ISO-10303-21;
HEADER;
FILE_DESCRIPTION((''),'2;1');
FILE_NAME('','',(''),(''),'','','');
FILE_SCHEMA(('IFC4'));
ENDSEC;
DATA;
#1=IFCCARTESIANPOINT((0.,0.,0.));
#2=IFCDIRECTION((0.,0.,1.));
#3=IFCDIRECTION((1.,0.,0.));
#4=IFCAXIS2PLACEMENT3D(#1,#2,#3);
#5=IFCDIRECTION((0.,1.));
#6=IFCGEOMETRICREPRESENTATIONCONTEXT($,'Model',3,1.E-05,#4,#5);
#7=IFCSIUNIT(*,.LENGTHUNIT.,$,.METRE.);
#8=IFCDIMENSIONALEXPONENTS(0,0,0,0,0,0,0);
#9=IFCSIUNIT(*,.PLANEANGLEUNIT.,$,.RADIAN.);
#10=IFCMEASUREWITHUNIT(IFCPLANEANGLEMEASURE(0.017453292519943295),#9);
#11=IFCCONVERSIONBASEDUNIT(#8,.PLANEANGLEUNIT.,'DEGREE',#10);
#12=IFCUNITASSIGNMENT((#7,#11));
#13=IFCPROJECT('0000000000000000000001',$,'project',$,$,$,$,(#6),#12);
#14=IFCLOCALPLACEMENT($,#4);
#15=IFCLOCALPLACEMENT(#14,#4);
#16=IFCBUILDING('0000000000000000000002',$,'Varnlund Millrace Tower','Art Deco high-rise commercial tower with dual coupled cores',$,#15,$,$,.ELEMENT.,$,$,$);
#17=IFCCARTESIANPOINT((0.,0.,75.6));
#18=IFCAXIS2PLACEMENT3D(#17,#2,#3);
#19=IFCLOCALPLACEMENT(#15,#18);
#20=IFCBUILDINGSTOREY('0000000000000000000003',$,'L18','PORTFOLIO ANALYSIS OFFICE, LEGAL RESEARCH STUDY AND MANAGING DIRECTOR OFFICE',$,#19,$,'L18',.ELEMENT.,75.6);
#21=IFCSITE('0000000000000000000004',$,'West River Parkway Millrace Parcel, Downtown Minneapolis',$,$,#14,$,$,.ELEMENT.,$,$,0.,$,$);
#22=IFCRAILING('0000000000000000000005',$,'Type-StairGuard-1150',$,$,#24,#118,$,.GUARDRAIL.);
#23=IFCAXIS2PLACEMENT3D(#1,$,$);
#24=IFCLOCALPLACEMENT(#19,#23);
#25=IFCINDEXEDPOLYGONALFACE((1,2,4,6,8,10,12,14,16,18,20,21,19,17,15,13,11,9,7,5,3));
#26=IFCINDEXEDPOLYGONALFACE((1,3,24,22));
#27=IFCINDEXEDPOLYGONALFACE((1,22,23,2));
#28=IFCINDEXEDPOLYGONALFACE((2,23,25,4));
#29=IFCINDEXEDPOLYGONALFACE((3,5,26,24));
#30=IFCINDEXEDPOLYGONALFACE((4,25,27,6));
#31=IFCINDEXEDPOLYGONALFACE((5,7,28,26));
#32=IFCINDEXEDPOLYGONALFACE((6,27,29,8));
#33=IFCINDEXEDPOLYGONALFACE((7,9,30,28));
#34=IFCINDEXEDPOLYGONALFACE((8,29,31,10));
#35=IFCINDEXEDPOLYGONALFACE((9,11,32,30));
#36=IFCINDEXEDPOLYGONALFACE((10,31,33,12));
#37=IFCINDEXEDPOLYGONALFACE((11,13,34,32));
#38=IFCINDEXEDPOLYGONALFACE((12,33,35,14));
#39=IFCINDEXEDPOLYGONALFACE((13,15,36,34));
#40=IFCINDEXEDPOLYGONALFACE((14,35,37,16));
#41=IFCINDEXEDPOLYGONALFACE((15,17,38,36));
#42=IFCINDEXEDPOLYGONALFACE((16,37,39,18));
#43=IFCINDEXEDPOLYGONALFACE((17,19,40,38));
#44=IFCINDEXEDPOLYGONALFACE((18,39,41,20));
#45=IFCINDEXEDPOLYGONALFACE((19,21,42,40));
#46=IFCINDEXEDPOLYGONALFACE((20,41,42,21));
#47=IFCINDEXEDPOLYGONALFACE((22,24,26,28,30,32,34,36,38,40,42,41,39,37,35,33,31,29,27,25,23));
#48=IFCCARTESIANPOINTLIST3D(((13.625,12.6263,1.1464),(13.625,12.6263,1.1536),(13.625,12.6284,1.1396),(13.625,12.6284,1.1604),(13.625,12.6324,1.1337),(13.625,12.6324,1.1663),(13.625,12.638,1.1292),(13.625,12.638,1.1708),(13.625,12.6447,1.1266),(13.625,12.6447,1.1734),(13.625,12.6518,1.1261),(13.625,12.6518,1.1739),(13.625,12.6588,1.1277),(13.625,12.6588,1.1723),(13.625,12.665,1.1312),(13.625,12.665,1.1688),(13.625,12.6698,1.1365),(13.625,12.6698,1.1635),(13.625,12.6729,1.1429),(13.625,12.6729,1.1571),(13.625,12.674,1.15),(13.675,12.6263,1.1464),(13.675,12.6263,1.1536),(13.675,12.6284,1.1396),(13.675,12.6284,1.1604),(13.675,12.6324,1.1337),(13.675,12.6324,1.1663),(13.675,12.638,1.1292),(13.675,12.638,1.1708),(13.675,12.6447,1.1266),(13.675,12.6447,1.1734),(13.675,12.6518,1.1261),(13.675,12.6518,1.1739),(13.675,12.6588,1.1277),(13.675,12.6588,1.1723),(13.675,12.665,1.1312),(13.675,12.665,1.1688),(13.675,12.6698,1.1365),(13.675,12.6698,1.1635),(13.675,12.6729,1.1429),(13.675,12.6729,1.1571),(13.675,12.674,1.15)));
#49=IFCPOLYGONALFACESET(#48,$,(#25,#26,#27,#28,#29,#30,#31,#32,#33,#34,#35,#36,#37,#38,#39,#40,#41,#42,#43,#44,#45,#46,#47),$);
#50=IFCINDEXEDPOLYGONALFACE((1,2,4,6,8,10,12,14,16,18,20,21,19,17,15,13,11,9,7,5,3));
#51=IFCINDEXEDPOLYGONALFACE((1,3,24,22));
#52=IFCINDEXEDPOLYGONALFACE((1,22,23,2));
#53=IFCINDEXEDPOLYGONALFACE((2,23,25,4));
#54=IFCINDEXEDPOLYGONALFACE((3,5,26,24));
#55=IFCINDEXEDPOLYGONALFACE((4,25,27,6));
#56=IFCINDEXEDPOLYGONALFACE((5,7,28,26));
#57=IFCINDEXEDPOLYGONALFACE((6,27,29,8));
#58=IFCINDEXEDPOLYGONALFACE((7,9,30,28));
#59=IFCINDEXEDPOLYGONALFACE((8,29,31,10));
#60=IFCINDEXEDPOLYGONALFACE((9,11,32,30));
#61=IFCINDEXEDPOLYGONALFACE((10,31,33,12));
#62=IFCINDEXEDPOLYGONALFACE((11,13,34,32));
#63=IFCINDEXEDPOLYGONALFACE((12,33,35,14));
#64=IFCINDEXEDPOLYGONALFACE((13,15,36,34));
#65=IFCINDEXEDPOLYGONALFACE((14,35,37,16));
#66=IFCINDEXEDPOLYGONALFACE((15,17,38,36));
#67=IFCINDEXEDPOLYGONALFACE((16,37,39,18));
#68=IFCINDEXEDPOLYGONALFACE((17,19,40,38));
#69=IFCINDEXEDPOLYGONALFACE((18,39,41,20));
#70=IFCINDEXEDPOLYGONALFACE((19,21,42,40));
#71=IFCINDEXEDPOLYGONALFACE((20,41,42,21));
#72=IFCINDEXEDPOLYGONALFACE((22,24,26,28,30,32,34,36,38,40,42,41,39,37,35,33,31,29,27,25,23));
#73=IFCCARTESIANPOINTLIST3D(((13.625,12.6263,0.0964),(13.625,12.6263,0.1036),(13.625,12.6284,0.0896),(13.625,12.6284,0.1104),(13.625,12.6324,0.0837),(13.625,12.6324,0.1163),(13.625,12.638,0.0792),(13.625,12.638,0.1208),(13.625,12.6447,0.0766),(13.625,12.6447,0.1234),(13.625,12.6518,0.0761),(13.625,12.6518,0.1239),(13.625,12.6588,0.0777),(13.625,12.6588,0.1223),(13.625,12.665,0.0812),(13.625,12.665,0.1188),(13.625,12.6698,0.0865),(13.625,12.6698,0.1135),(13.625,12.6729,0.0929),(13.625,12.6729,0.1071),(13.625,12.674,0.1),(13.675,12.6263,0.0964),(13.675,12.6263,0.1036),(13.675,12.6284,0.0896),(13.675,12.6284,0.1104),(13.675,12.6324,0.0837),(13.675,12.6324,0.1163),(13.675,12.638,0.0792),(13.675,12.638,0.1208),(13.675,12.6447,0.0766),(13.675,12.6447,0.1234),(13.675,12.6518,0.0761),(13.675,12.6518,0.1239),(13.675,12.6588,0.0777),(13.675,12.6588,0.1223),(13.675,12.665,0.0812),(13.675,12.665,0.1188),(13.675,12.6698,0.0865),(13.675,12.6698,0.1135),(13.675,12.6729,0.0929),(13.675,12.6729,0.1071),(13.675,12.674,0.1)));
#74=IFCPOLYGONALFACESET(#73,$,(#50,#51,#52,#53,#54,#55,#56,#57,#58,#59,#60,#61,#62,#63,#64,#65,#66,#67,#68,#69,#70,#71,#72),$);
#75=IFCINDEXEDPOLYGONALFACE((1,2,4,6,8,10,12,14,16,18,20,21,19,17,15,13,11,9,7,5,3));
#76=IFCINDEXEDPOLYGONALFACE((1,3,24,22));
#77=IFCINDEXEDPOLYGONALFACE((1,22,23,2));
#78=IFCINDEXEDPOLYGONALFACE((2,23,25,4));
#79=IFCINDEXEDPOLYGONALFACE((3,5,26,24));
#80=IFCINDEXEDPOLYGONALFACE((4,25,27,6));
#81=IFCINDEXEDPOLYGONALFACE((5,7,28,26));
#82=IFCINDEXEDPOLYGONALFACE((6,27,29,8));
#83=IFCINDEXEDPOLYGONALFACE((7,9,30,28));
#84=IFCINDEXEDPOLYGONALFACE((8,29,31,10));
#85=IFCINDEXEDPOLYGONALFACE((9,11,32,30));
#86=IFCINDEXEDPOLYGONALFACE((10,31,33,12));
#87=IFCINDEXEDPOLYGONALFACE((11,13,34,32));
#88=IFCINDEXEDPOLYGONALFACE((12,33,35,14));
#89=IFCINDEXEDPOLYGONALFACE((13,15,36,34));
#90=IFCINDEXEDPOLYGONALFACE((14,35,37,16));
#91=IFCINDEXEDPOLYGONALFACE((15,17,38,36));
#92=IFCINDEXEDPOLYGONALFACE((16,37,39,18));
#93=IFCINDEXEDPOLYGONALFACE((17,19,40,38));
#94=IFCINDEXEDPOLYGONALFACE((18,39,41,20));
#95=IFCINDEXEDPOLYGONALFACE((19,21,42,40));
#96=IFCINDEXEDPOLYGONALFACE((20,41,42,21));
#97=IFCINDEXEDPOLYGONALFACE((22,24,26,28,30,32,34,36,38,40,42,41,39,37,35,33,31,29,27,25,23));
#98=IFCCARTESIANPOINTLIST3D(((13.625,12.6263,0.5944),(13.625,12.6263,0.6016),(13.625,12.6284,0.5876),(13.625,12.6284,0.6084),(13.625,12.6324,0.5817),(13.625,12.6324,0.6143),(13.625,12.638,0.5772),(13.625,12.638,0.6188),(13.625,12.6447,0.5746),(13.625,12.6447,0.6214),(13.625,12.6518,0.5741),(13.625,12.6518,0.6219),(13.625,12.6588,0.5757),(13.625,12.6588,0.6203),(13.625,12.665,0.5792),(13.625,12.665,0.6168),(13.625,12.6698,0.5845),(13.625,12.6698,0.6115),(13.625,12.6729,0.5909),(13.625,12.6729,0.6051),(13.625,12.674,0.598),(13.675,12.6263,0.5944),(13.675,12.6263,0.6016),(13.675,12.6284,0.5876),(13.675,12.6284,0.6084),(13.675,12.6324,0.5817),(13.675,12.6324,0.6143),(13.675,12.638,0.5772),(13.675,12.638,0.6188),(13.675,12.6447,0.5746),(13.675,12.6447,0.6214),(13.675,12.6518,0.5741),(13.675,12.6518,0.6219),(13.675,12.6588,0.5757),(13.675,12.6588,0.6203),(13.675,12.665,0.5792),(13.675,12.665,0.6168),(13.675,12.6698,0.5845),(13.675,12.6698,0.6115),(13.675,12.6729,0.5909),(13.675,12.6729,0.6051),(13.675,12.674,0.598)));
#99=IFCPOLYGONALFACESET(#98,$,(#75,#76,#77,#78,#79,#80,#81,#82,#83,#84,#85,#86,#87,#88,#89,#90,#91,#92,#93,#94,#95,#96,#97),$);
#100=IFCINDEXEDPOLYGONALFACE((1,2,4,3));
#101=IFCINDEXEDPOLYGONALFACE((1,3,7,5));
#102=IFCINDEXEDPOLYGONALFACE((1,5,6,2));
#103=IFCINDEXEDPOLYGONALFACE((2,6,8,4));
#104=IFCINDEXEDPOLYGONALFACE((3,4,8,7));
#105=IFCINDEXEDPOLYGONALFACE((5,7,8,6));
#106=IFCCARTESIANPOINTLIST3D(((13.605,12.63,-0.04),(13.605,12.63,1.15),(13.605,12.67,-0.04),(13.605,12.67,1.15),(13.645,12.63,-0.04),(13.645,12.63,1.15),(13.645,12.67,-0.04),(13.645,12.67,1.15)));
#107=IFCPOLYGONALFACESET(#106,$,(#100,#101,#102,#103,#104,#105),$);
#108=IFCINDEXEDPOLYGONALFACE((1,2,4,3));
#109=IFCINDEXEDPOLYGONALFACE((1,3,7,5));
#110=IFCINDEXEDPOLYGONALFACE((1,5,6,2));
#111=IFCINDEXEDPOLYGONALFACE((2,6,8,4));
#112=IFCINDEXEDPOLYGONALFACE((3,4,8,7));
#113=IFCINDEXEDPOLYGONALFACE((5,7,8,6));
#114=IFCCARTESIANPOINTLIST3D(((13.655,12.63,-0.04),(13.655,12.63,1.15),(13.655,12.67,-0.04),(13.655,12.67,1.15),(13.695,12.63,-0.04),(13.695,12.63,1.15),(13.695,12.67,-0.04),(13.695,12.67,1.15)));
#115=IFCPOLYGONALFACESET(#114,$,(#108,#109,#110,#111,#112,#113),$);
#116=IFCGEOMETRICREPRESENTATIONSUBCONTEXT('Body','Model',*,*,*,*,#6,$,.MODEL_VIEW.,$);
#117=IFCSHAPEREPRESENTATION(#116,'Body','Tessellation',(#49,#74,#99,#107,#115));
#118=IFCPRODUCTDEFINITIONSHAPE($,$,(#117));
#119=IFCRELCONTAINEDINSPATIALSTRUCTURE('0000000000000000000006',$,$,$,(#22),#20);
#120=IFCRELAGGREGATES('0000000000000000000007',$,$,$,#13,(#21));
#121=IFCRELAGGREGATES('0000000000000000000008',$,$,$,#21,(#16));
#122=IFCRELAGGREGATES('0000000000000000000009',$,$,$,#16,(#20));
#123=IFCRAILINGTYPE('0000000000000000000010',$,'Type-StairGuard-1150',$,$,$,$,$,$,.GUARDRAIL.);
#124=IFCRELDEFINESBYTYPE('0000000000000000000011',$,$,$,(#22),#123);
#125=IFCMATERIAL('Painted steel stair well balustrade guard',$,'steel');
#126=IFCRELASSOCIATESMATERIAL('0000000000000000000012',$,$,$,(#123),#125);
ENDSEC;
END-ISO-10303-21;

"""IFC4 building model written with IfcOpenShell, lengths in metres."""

from ifc_helpers import new_model, entity, si_unit, converted_unit, direction, frame, origin_with_axes, origin_2d_with_axis, place, context, subcontext, project, spatial, rectangle, circle, extrude, material, type_object, element, save


model = new_model("IFC4")

# Units and contexts
model_context = context("Model", 3, precision=1e-05, world=origin_with_axes(), true_north=direction((0.0, 1.0)))
body_context = subcontext(model_context, "Body", "Model", "MODEL_VIEW")
ifc_project = project(units=[si_unit("LENGTHUNIT", "METRE"), converted_unit("PLANEANGLEUNIT", "DEGREE", entity("IfcPlaneAngleMeasure", 0.017453292519943295), si_unit("PLANEANGLEUNIT", "RADIAN"), dimensions=[0, 0, 0, 0, 0, 0, 0])], contexts=[model_context])

# Site, building, storey
site_placement = place(None, origin_with_axes())
site = spatial("IfcSite", under=ifc_project, at=site_placement, Name="West River Parkway Millrace Parcel, Downtown Minneapolis", CompositionType="ELEMENT", RefElevation=0.0)
building_placement = place(site_placement, origin_with_axes())
building = spatial("IfcBuilding", under=site, at=building_placement, Name="Varnlund Millrace Tower", Description="Art Deco high-rise commercial tower with dual coupled cores", CompositionType="ELEMENT")
storey_placement = place(building_placement, frame((0.0, 0.0, 75.6), z_axis=(0.0, 0.0, 1.0), x_axis=(1.0, 0.0, 0.0)))
storey = spatial("IfcBuildingStorey", under=building, at=storey_placement, Name="L18", Description="PORTFOLIO ANALYSIS OFFICE, LEGAL RESEARCH STUDY AND MANAGING DIRECTOR OFFICE", LongName="L18", CompositionType="ELEMENT", Elevation=75.6)

# Railing
ifc_material_1 = material(Name="Painted steel stair well balustrade guard", Category="steel")
railing_type_1 = type_object("IfcRailingType", Name="Type-StairGuard-1150", PredefinedType="GUARDRAIL", material=ifc_material_1)
railing_1_placement = place(storey_placement, frame((0.0, 0.0, -75.6), z_axis=(0.0, 0.0, 1.0), x_axis=(1.0, 0.0, 0.0)))
element("IfcRailing", 1, at=railing_1_placement, inside=storey, type_object=railing_type_1, Name="Type-StairGuard-1150", PredefinedType="GUARDRAIL", context=body_context, shape_type="SweptSolid", body=[
    extrude(circle(Radius=0.024, at=origin_2d_with_axis()), frame((13.625, 12.65, 76.75), z_axis=(1.0, 0.0, 0.0), x_axis=(0.0, 1.0, 0.0)), (0.0, 0.0, 1.0), 0.05),
    extrude(circle(Radius=0.024, at=origin_2d_with_axis()), frame((13.625, 12.65, 75.7), z_axis=(1.0, 0.0, 0.0), x_axis=(0.0, 1.0, 0.0)), (0.0, 0.0, 1.0), 0.05),
    extrude(circle(Radius=0.024, at=origin_2d_with_axis()), frame((13.625, 12.65, 76.198), z_axis=(1.0, 0.0, 0.0), x_axis=(0.0, 1.0, 0.0)), (0.0, 0.0, 1.0), 0.05),
    extrude(rectangle(XDim=0.04, YDim=0.04, at=origin_2d_with_axis()), frame((13.625, 12.65, 75.56), z_axis=(0.0, 0.0, 1.0), x_axis=(1.0, 0.0, 0.0)), (0.0, 0.0, 1.0), 1.19),
    extrude(rectangle(XDim=0.04, YDim=0.04, at=origin_2d_with_axis()), frame((13.675, 12.65, 75.56), z_axis=(0.0, 0.0, 1.0), x_axis=(1.0, 0.0, 0.0)), (0.0, 0.0, 1.0), 1.19),
])

save(model, "model.ifc")
